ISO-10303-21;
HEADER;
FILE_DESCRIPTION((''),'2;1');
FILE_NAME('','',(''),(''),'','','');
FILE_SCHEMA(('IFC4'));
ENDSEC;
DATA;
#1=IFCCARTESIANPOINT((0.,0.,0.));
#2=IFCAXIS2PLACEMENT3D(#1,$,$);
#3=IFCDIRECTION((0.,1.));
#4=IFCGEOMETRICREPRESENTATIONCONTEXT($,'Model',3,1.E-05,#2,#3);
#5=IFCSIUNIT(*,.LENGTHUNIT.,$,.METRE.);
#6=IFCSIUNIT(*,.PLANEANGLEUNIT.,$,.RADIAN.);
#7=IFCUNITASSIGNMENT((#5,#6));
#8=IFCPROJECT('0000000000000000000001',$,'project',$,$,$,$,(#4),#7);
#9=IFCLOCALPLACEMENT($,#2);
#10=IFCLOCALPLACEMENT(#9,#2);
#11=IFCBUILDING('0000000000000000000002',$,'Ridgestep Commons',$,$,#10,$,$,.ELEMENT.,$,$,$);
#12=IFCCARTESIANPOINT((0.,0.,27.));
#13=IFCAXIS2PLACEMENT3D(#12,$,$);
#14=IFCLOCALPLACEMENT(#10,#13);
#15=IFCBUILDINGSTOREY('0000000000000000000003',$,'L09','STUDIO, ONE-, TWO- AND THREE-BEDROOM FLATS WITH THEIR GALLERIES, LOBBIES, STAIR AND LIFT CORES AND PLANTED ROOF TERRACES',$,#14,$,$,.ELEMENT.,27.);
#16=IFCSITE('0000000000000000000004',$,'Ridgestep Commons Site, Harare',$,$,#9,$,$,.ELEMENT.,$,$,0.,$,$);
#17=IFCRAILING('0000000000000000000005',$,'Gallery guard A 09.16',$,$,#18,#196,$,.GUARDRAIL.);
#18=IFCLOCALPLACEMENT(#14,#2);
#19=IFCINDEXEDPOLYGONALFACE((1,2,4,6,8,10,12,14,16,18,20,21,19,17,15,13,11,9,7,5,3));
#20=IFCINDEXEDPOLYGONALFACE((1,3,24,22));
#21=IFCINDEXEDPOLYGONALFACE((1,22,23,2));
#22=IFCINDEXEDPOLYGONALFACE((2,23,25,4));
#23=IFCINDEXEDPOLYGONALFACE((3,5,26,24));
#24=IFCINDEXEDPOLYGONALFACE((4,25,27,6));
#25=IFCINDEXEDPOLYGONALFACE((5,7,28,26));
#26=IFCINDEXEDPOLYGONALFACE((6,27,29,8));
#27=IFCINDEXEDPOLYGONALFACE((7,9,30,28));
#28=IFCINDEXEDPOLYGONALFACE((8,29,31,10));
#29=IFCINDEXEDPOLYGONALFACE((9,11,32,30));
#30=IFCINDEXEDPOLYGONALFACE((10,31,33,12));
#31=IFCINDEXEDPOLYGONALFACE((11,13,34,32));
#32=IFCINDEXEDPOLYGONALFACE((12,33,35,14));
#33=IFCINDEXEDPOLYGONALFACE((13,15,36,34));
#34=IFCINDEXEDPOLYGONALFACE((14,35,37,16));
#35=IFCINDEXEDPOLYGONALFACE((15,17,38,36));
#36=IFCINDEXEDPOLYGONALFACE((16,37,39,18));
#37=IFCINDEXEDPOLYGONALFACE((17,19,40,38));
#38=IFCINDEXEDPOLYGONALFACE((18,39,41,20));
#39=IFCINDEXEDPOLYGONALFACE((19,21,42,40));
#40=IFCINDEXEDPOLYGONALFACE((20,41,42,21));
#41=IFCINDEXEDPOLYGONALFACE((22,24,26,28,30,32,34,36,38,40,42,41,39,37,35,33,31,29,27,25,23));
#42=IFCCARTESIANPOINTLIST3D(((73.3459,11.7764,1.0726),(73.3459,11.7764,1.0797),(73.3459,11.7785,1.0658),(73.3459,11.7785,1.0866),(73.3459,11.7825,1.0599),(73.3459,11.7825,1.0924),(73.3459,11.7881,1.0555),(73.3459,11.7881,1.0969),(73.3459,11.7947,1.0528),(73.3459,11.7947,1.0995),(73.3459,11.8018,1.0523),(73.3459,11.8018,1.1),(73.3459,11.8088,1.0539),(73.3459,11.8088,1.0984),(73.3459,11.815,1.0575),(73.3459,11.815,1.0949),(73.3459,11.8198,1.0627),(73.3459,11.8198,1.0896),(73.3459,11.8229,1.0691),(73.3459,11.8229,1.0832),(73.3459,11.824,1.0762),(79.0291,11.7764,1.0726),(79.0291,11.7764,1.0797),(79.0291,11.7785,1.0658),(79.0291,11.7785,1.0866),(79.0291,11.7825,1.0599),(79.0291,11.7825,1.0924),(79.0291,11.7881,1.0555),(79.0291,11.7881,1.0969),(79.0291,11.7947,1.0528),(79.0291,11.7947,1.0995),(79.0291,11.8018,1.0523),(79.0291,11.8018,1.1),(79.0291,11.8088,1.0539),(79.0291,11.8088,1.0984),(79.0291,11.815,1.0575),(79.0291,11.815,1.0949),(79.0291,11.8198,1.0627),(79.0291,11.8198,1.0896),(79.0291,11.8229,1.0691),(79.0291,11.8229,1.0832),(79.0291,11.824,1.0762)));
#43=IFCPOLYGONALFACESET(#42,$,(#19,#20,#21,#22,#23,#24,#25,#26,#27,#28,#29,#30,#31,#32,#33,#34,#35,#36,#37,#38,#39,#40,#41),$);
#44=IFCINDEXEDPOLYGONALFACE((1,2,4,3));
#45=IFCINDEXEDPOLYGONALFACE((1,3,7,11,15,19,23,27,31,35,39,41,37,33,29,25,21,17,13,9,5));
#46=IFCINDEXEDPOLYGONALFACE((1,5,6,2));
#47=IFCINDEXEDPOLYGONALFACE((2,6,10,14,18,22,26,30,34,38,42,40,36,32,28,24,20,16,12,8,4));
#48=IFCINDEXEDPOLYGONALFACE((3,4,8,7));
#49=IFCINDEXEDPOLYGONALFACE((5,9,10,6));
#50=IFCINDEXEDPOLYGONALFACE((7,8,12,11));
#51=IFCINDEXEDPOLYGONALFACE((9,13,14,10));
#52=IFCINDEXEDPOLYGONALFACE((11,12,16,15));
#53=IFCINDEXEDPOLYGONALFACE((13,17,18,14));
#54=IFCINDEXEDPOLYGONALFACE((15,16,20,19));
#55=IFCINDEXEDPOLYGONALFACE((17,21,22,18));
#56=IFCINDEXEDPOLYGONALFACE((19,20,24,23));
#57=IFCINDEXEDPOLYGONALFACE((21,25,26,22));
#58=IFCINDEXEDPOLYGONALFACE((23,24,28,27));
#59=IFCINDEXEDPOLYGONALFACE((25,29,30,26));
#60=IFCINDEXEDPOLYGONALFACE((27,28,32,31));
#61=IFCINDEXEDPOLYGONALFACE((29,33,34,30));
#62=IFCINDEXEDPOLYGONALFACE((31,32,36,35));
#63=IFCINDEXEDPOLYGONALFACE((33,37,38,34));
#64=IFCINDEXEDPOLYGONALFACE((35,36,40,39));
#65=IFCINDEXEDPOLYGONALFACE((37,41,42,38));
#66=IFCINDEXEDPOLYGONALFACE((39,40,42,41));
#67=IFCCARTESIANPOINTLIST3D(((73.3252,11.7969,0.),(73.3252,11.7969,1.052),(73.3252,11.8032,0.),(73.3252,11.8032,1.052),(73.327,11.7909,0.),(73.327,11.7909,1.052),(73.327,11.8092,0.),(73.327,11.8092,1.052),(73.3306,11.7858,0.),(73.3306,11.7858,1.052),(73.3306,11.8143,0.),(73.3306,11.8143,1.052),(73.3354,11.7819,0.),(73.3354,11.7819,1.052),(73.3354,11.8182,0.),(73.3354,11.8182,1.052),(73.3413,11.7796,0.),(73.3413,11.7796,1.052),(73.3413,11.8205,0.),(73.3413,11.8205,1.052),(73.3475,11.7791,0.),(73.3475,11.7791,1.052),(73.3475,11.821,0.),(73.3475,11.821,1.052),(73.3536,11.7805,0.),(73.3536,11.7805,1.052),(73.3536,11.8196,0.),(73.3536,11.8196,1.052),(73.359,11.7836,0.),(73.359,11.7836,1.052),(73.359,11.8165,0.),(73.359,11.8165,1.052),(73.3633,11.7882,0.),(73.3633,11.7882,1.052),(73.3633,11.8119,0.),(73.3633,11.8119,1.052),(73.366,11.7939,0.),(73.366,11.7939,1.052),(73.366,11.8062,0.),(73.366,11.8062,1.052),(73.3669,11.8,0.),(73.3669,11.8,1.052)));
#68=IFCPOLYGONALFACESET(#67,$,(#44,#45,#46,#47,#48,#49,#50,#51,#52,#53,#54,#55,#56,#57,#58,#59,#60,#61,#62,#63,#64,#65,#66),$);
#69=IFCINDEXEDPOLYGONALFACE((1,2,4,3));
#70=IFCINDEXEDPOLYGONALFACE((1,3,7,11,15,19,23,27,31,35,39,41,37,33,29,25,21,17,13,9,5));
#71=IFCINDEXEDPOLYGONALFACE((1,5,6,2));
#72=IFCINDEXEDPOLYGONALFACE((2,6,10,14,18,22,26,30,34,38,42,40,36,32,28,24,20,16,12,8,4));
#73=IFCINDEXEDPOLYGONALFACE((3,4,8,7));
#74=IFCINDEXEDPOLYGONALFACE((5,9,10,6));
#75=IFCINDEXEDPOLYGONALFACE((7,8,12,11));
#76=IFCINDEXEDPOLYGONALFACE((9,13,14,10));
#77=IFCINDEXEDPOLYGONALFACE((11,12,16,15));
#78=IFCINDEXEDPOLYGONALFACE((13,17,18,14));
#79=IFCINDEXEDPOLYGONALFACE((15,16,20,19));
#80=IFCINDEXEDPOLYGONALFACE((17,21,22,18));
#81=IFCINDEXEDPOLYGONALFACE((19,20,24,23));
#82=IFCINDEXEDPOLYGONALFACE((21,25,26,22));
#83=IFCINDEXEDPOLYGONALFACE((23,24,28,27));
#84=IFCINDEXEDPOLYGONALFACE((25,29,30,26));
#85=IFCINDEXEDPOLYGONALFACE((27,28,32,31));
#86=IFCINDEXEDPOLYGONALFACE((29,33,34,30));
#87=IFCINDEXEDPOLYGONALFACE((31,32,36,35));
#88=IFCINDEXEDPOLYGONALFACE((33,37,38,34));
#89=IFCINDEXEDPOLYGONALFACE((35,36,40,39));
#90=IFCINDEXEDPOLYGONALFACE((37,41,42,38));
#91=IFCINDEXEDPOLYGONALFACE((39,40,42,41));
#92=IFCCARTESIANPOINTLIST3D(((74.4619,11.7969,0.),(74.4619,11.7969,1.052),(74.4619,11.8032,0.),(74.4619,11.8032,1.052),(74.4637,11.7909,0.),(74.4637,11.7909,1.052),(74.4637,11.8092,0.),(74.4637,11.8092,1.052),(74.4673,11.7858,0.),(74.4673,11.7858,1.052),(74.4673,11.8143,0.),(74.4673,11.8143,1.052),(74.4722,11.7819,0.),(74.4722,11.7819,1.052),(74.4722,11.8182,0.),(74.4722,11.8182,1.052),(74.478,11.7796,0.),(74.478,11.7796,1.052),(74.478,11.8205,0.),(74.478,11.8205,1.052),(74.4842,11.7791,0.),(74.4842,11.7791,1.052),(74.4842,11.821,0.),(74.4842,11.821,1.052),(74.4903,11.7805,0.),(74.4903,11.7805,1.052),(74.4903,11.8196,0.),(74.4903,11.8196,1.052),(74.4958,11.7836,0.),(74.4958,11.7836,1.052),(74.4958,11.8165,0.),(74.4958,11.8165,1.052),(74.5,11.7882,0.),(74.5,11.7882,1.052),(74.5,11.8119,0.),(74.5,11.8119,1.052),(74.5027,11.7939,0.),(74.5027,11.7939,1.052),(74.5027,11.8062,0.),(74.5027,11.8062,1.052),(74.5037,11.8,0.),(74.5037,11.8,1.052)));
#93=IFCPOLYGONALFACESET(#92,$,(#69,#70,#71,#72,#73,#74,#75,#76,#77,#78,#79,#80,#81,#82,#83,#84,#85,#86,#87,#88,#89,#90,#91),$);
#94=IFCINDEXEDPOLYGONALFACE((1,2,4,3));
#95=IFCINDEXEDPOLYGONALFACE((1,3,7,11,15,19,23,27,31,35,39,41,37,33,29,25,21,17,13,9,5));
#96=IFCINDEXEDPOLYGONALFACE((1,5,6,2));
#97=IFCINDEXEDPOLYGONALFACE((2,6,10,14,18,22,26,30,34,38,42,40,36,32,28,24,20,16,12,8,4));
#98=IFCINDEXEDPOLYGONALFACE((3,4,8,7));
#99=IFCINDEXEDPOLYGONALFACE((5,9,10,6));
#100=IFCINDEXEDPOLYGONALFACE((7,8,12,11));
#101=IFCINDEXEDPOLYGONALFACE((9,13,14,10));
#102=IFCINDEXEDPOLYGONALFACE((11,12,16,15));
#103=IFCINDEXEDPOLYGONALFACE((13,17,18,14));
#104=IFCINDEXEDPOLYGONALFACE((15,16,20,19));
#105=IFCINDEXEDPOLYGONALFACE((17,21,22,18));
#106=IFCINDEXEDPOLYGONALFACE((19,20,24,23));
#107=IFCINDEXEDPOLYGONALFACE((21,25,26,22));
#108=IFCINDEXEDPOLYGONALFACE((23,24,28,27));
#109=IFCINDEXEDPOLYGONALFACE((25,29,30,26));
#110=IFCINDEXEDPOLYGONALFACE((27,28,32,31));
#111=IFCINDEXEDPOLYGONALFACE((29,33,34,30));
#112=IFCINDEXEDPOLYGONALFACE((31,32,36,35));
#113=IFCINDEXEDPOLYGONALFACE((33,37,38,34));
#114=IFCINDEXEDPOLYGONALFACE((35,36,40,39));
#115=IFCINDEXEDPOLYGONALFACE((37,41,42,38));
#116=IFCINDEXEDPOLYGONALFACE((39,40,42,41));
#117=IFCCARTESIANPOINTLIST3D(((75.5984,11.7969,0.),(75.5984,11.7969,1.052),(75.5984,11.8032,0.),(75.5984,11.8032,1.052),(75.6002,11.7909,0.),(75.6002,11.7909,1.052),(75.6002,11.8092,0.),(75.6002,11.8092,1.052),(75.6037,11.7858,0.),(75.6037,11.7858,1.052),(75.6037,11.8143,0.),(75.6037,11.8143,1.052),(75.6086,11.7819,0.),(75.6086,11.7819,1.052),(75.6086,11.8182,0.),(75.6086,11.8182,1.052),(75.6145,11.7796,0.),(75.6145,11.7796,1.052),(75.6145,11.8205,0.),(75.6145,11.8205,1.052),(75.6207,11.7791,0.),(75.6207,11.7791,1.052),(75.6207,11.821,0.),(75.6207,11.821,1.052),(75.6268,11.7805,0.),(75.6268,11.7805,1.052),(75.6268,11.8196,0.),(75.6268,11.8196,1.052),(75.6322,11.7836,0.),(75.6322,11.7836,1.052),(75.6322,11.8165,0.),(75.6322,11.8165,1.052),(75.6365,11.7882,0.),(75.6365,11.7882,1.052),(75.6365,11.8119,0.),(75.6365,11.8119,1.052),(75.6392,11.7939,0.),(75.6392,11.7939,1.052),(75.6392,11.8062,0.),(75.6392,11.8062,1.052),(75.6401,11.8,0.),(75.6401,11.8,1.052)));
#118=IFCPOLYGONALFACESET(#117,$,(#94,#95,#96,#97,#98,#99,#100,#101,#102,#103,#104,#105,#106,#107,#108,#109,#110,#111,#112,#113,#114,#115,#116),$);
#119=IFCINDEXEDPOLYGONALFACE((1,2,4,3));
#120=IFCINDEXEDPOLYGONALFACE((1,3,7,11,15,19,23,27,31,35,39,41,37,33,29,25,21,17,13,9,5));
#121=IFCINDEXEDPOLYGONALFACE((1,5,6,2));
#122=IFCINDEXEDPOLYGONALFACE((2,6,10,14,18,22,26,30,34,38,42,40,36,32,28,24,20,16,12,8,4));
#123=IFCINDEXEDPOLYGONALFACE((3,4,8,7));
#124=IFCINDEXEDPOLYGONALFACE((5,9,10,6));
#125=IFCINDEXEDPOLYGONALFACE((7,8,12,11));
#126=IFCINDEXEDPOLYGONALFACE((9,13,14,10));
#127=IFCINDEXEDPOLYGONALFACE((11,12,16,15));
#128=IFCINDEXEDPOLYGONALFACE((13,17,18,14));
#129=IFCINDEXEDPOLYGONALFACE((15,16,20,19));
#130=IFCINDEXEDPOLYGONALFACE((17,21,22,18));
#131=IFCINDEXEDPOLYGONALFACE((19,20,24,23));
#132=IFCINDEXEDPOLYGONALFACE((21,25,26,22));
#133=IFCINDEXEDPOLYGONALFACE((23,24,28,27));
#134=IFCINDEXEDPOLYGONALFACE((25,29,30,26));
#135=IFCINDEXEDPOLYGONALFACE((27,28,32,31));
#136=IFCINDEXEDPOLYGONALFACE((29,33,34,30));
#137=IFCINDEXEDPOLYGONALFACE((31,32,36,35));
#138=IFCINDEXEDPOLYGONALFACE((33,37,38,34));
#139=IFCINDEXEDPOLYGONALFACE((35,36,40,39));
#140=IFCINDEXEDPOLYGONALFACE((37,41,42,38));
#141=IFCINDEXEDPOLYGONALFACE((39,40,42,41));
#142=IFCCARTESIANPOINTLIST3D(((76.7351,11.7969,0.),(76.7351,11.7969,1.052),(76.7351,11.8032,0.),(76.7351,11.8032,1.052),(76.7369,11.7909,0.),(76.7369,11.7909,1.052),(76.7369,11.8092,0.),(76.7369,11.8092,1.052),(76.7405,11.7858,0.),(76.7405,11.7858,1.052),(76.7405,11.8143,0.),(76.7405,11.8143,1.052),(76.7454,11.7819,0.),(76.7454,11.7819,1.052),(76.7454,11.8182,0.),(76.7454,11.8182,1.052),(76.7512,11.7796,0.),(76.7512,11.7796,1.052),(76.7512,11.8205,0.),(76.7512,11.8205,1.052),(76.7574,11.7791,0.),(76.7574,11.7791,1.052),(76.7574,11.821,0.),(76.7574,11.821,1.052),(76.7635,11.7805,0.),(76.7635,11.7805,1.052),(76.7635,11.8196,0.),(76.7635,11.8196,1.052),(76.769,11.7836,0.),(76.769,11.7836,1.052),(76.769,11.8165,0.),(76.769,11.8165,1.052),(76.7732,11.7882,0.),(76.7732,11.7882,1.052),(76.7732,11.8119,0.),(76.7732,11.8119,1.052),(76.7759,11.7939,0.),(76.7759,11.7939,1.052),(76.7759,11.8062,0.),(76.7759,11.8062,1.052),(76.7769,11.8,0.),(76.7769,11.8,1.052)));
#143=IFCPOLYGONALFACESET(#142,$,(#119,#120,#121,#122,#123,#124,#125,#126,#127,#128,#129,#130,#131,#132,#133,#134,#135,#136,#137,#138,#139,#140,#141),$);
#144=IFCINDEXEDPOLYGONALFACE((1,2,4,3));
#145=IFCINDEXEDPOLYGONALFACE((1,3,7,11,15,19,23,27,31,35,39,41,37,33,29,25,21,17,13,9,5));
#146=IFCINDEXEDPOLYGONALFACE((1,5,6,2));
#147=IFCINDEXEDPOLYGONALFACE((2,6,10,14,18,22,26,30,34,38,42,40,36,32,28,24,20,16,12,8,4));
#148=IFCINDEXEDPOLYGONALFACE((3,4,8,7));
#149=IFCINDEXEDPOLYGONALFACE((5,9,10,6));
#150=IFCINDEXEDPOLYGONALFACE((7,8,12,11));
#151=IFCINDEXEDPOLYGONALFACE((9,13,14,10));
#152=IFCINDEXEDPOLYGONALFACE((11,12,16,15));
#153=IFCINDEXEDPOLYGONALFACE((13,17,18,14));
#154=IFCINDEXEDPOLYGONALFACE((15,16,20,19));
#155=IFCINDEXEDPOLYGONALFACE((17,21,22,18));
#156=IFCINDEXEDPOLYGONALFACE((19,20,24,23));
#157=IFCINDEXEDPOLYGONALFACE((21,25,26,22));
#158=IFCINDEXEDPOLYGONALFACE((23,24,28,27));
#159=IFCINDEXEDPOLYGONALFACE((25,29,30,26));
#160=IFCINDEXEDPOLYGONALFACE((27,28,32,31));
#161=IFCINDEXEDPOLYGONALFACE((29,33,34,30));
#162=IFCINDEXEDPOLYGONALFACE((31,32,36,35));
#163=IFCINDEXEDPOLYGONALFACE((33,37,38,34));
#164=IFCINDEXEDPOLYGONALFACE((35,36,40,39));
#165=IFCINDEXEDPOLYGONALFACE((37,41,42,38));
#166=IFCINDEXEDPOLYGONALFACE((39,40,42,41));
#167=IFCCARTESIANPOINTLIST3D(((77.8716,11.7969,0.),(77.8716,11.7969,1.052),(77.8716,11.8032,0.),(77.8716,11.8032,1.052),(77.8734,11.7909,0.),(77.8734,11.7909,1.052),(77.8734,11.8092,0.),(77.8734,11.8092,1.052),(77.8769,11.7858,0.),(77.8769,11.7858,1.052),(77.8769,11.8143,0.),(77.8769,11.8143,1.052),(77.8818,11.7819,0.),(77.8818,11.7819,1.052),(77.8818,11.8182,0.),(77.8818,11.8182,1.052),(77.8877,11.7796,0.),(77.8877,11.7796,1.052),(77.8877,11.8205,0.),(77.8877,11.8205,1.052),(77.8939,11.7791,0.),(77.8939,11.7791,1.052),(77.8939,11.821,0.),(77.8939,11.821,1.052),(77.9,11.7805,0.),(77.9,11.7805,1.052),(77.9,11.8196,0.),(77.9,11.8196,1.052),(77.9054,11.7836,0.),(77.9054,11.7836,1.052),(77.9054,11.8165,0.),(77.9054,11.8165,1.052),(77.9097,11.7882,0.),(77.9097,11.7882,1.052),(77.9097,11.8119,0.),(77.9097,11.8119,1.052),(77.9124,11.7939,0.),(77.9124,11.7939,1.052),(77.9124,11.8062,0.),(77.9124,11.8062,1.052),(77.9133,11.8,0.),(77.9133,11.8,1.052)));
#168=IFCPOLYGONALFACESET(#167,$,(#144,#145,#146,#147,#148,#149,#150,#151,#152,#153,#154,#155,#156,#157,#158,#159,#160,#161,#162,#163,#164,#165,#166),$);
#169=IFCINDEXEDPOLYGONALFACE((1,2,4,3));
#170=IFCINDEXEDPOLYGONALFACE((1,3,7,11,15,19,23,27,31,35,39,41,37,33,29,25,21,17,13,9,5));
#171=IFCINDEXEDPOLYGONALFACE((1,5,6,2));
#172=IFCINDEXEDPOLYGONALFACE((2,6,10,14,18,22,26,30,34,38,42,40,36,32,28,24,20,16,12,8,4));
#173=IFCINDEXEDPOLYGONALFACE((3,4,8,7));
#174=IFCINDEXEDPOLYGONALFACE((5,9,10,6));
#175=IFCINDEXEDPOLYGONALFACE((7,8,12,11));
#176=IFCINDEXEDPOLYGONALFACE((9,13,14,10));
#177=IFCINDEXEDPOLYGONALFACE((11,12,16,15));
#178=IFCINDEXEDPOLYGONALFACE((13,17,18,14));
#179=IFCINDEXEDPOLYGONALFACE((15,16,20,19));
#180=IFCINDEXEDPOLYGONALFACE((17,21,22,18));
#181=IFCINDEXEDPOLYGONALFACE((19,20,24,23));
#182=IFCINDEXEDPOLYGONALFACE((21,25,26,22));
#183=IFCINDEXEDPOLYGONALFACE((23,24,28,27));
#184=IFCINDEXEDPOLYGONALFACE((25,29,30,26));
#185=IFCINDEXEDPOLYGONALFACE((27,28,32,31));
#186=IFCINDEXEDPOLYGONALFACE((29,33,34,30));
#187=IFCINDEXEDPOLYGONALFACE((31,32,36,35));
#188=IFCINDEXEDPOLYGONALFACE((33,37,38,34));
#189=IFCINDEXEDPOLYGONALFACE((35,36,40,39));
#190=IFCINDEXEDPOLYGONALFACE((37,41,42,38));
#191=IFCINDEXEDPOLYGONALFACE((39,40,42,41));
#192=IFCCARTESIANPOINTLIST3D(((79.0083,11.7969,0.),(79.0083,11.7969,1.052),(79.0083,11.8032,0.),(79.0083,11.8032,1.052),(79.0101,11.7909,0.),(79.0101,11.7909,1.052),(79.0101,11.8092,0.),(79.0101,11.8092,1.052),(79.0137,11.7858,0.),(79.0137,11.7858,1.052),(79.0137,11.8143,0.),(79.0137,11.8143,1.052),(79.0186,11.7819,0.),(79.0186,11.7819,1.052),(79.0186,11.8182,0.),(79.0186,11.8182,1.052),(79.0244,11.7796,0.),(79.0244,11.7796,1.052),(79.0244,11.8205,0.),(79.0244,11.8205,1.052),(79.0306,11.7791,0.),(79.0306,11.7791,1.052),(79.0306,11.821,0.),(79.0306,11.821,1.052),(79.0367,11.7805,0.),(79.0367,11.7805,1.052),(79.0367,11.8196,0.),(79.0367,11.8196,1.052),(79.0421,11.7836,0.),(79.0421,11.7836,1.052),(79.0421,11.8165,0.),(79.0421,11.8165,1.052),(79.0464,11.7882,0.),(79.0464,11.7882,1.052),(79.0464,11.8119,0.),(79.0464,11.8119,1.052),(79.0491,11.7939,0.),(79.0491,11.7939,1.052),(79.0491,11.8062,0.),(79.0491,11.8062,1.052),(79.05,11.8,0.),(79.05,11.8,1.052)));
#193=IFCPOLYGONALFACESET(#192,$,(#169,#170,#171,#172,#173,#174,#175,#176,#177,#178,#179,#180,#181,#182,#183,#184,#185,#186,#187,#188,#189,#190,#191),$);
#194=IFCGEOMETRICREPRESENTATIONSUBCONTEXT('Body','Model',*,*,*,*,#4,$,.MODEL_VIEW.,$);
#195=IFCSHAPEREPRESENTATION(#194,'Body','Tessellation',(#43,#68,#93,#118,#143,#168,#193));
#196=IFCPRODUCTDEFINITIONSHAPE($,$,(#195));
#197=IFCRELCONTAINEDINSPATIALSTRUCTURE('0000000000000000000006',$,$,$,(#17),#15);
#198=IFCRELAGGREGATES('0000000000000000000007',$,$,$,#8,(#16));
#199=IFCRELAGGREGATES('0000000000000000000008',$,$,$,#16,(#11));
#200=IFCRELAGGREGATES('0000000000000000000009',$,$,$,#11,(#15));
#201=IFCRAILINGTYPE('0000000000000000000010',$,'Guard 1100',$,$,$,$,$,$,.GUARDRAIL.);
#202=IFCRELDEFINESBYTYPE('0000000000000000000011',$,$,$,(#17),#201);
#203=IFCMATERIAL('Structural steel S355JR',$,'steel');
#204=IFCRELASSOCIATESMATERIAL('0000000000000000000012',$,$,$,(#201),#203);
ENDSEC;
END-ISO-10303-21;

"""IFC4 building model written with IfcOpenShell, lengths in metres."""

from ifc_helpers import new_model, si_unit, direction, frame, origin, origin_2d, place, context, subcontext, project, spatial, circle, extrude, material, type_object, element, save


model = new_model("IFC4")

# Units and contexts
model_context = context("Model", 3, precision=1e-05, world=origin(), true_north=direction((0.0, 1.0)))
body_context = subcontext(model_context, "Body", "Model", "MODEL_VIEW")
ifc_project = project(units=[si_unit("LENGTHUNIT", "METRE"), si_unit("PLANEANGLEUNIT", "RADIAN")], contexts=[model_context])

# Site, building, storey
site_placement = place(None, origin())
site = spatial("IfcSite", under=ifc_project, at=site_placement, Name="Ridgestep Commons Site, Harare", CompositionType="ELEMENT", RefElevation=0.0)
building_placement = place(site_placement, origin())
building = spatial("IfcBuilding", under=site, at=building_placement, Name="Ridgestep Commons", CompositionType="ELEMENT")
storey_placement = place(building_placement, frame((0.0, 0.0, 27.0)))
storey = spatial("IfcBuildingStorey", under=building, at=storey_placement, Name="L09", Description="STUDIO, ONE-, TWO- AND THREE-BEDROOM FLATS WITH THEIR GALLERIES, LOBBIES, STAIR AND LIFT CORES AND PLANTED ROOF TERRACES", CompositionType="ELEMENT", Elevation=27.0)

# Railing
ifc_material_1 = material(Name="Structural steel S355JR", Category="steel")
railing_type = type_object("IfcRailingType", Name="Guard 1100", PredefinedType="GUARDRAIL", material=ifc_material_1)
railing_1_placement = place(storey_placement, frame((73.3459, 11.8, 0.0)))
element("IfcRailing", 1, at=railing_1_placement, inside=storey, type_object=railing_type, Name="Gallery guard A 09.16", PredefinedType="GUARDRAIL", context=body_context, shape_type="SweptSolid", body=[
    extrude(circle(Radius=0.0239, at=origin_2d()), frame((0.0, 0.0, 1.0762), z_axis=(1.0, 0.0, 0.0), x_axis=(0.0, 1.0, 0.0)), (0.0, 0.0, 1.0), 5.6831),
    extrude(circle(Radius=0.021, at=origin_2d()), origin(), (0.0, 0.0, 1.0), 1.052),
    extrude(circle(Radius=0.021, at=origin_2d()), frame((1.1367, 0.0, 0.0)), (0.0, 0.0, 1.0), 1.052),
    extrude(circle(Radius=0.021, at=origin_2d()), frame((2.2732, 0.0, 0.0)), (0.0, 0.0, 1.0), 1.052),
    extrude(circle(Radius=0.021, at=origin_2d()), frame((3.4099, 0.0, 0.0)), (0.0, 0.0, 1.0), 1.052),
    extrude(circle(Radius=0.021, at=origin_2d()), frame((4.5464, 0.0, 0.0)), (0.0, 0.0, 1.0), 1.052),
    extrude(circle(Radius=0.021, at=origin_2d()), frame((5.6831, 0.0, 0.0)), (0.0, 0.0, 1.0), 1.052),
])

save(model, "model.ifc")
